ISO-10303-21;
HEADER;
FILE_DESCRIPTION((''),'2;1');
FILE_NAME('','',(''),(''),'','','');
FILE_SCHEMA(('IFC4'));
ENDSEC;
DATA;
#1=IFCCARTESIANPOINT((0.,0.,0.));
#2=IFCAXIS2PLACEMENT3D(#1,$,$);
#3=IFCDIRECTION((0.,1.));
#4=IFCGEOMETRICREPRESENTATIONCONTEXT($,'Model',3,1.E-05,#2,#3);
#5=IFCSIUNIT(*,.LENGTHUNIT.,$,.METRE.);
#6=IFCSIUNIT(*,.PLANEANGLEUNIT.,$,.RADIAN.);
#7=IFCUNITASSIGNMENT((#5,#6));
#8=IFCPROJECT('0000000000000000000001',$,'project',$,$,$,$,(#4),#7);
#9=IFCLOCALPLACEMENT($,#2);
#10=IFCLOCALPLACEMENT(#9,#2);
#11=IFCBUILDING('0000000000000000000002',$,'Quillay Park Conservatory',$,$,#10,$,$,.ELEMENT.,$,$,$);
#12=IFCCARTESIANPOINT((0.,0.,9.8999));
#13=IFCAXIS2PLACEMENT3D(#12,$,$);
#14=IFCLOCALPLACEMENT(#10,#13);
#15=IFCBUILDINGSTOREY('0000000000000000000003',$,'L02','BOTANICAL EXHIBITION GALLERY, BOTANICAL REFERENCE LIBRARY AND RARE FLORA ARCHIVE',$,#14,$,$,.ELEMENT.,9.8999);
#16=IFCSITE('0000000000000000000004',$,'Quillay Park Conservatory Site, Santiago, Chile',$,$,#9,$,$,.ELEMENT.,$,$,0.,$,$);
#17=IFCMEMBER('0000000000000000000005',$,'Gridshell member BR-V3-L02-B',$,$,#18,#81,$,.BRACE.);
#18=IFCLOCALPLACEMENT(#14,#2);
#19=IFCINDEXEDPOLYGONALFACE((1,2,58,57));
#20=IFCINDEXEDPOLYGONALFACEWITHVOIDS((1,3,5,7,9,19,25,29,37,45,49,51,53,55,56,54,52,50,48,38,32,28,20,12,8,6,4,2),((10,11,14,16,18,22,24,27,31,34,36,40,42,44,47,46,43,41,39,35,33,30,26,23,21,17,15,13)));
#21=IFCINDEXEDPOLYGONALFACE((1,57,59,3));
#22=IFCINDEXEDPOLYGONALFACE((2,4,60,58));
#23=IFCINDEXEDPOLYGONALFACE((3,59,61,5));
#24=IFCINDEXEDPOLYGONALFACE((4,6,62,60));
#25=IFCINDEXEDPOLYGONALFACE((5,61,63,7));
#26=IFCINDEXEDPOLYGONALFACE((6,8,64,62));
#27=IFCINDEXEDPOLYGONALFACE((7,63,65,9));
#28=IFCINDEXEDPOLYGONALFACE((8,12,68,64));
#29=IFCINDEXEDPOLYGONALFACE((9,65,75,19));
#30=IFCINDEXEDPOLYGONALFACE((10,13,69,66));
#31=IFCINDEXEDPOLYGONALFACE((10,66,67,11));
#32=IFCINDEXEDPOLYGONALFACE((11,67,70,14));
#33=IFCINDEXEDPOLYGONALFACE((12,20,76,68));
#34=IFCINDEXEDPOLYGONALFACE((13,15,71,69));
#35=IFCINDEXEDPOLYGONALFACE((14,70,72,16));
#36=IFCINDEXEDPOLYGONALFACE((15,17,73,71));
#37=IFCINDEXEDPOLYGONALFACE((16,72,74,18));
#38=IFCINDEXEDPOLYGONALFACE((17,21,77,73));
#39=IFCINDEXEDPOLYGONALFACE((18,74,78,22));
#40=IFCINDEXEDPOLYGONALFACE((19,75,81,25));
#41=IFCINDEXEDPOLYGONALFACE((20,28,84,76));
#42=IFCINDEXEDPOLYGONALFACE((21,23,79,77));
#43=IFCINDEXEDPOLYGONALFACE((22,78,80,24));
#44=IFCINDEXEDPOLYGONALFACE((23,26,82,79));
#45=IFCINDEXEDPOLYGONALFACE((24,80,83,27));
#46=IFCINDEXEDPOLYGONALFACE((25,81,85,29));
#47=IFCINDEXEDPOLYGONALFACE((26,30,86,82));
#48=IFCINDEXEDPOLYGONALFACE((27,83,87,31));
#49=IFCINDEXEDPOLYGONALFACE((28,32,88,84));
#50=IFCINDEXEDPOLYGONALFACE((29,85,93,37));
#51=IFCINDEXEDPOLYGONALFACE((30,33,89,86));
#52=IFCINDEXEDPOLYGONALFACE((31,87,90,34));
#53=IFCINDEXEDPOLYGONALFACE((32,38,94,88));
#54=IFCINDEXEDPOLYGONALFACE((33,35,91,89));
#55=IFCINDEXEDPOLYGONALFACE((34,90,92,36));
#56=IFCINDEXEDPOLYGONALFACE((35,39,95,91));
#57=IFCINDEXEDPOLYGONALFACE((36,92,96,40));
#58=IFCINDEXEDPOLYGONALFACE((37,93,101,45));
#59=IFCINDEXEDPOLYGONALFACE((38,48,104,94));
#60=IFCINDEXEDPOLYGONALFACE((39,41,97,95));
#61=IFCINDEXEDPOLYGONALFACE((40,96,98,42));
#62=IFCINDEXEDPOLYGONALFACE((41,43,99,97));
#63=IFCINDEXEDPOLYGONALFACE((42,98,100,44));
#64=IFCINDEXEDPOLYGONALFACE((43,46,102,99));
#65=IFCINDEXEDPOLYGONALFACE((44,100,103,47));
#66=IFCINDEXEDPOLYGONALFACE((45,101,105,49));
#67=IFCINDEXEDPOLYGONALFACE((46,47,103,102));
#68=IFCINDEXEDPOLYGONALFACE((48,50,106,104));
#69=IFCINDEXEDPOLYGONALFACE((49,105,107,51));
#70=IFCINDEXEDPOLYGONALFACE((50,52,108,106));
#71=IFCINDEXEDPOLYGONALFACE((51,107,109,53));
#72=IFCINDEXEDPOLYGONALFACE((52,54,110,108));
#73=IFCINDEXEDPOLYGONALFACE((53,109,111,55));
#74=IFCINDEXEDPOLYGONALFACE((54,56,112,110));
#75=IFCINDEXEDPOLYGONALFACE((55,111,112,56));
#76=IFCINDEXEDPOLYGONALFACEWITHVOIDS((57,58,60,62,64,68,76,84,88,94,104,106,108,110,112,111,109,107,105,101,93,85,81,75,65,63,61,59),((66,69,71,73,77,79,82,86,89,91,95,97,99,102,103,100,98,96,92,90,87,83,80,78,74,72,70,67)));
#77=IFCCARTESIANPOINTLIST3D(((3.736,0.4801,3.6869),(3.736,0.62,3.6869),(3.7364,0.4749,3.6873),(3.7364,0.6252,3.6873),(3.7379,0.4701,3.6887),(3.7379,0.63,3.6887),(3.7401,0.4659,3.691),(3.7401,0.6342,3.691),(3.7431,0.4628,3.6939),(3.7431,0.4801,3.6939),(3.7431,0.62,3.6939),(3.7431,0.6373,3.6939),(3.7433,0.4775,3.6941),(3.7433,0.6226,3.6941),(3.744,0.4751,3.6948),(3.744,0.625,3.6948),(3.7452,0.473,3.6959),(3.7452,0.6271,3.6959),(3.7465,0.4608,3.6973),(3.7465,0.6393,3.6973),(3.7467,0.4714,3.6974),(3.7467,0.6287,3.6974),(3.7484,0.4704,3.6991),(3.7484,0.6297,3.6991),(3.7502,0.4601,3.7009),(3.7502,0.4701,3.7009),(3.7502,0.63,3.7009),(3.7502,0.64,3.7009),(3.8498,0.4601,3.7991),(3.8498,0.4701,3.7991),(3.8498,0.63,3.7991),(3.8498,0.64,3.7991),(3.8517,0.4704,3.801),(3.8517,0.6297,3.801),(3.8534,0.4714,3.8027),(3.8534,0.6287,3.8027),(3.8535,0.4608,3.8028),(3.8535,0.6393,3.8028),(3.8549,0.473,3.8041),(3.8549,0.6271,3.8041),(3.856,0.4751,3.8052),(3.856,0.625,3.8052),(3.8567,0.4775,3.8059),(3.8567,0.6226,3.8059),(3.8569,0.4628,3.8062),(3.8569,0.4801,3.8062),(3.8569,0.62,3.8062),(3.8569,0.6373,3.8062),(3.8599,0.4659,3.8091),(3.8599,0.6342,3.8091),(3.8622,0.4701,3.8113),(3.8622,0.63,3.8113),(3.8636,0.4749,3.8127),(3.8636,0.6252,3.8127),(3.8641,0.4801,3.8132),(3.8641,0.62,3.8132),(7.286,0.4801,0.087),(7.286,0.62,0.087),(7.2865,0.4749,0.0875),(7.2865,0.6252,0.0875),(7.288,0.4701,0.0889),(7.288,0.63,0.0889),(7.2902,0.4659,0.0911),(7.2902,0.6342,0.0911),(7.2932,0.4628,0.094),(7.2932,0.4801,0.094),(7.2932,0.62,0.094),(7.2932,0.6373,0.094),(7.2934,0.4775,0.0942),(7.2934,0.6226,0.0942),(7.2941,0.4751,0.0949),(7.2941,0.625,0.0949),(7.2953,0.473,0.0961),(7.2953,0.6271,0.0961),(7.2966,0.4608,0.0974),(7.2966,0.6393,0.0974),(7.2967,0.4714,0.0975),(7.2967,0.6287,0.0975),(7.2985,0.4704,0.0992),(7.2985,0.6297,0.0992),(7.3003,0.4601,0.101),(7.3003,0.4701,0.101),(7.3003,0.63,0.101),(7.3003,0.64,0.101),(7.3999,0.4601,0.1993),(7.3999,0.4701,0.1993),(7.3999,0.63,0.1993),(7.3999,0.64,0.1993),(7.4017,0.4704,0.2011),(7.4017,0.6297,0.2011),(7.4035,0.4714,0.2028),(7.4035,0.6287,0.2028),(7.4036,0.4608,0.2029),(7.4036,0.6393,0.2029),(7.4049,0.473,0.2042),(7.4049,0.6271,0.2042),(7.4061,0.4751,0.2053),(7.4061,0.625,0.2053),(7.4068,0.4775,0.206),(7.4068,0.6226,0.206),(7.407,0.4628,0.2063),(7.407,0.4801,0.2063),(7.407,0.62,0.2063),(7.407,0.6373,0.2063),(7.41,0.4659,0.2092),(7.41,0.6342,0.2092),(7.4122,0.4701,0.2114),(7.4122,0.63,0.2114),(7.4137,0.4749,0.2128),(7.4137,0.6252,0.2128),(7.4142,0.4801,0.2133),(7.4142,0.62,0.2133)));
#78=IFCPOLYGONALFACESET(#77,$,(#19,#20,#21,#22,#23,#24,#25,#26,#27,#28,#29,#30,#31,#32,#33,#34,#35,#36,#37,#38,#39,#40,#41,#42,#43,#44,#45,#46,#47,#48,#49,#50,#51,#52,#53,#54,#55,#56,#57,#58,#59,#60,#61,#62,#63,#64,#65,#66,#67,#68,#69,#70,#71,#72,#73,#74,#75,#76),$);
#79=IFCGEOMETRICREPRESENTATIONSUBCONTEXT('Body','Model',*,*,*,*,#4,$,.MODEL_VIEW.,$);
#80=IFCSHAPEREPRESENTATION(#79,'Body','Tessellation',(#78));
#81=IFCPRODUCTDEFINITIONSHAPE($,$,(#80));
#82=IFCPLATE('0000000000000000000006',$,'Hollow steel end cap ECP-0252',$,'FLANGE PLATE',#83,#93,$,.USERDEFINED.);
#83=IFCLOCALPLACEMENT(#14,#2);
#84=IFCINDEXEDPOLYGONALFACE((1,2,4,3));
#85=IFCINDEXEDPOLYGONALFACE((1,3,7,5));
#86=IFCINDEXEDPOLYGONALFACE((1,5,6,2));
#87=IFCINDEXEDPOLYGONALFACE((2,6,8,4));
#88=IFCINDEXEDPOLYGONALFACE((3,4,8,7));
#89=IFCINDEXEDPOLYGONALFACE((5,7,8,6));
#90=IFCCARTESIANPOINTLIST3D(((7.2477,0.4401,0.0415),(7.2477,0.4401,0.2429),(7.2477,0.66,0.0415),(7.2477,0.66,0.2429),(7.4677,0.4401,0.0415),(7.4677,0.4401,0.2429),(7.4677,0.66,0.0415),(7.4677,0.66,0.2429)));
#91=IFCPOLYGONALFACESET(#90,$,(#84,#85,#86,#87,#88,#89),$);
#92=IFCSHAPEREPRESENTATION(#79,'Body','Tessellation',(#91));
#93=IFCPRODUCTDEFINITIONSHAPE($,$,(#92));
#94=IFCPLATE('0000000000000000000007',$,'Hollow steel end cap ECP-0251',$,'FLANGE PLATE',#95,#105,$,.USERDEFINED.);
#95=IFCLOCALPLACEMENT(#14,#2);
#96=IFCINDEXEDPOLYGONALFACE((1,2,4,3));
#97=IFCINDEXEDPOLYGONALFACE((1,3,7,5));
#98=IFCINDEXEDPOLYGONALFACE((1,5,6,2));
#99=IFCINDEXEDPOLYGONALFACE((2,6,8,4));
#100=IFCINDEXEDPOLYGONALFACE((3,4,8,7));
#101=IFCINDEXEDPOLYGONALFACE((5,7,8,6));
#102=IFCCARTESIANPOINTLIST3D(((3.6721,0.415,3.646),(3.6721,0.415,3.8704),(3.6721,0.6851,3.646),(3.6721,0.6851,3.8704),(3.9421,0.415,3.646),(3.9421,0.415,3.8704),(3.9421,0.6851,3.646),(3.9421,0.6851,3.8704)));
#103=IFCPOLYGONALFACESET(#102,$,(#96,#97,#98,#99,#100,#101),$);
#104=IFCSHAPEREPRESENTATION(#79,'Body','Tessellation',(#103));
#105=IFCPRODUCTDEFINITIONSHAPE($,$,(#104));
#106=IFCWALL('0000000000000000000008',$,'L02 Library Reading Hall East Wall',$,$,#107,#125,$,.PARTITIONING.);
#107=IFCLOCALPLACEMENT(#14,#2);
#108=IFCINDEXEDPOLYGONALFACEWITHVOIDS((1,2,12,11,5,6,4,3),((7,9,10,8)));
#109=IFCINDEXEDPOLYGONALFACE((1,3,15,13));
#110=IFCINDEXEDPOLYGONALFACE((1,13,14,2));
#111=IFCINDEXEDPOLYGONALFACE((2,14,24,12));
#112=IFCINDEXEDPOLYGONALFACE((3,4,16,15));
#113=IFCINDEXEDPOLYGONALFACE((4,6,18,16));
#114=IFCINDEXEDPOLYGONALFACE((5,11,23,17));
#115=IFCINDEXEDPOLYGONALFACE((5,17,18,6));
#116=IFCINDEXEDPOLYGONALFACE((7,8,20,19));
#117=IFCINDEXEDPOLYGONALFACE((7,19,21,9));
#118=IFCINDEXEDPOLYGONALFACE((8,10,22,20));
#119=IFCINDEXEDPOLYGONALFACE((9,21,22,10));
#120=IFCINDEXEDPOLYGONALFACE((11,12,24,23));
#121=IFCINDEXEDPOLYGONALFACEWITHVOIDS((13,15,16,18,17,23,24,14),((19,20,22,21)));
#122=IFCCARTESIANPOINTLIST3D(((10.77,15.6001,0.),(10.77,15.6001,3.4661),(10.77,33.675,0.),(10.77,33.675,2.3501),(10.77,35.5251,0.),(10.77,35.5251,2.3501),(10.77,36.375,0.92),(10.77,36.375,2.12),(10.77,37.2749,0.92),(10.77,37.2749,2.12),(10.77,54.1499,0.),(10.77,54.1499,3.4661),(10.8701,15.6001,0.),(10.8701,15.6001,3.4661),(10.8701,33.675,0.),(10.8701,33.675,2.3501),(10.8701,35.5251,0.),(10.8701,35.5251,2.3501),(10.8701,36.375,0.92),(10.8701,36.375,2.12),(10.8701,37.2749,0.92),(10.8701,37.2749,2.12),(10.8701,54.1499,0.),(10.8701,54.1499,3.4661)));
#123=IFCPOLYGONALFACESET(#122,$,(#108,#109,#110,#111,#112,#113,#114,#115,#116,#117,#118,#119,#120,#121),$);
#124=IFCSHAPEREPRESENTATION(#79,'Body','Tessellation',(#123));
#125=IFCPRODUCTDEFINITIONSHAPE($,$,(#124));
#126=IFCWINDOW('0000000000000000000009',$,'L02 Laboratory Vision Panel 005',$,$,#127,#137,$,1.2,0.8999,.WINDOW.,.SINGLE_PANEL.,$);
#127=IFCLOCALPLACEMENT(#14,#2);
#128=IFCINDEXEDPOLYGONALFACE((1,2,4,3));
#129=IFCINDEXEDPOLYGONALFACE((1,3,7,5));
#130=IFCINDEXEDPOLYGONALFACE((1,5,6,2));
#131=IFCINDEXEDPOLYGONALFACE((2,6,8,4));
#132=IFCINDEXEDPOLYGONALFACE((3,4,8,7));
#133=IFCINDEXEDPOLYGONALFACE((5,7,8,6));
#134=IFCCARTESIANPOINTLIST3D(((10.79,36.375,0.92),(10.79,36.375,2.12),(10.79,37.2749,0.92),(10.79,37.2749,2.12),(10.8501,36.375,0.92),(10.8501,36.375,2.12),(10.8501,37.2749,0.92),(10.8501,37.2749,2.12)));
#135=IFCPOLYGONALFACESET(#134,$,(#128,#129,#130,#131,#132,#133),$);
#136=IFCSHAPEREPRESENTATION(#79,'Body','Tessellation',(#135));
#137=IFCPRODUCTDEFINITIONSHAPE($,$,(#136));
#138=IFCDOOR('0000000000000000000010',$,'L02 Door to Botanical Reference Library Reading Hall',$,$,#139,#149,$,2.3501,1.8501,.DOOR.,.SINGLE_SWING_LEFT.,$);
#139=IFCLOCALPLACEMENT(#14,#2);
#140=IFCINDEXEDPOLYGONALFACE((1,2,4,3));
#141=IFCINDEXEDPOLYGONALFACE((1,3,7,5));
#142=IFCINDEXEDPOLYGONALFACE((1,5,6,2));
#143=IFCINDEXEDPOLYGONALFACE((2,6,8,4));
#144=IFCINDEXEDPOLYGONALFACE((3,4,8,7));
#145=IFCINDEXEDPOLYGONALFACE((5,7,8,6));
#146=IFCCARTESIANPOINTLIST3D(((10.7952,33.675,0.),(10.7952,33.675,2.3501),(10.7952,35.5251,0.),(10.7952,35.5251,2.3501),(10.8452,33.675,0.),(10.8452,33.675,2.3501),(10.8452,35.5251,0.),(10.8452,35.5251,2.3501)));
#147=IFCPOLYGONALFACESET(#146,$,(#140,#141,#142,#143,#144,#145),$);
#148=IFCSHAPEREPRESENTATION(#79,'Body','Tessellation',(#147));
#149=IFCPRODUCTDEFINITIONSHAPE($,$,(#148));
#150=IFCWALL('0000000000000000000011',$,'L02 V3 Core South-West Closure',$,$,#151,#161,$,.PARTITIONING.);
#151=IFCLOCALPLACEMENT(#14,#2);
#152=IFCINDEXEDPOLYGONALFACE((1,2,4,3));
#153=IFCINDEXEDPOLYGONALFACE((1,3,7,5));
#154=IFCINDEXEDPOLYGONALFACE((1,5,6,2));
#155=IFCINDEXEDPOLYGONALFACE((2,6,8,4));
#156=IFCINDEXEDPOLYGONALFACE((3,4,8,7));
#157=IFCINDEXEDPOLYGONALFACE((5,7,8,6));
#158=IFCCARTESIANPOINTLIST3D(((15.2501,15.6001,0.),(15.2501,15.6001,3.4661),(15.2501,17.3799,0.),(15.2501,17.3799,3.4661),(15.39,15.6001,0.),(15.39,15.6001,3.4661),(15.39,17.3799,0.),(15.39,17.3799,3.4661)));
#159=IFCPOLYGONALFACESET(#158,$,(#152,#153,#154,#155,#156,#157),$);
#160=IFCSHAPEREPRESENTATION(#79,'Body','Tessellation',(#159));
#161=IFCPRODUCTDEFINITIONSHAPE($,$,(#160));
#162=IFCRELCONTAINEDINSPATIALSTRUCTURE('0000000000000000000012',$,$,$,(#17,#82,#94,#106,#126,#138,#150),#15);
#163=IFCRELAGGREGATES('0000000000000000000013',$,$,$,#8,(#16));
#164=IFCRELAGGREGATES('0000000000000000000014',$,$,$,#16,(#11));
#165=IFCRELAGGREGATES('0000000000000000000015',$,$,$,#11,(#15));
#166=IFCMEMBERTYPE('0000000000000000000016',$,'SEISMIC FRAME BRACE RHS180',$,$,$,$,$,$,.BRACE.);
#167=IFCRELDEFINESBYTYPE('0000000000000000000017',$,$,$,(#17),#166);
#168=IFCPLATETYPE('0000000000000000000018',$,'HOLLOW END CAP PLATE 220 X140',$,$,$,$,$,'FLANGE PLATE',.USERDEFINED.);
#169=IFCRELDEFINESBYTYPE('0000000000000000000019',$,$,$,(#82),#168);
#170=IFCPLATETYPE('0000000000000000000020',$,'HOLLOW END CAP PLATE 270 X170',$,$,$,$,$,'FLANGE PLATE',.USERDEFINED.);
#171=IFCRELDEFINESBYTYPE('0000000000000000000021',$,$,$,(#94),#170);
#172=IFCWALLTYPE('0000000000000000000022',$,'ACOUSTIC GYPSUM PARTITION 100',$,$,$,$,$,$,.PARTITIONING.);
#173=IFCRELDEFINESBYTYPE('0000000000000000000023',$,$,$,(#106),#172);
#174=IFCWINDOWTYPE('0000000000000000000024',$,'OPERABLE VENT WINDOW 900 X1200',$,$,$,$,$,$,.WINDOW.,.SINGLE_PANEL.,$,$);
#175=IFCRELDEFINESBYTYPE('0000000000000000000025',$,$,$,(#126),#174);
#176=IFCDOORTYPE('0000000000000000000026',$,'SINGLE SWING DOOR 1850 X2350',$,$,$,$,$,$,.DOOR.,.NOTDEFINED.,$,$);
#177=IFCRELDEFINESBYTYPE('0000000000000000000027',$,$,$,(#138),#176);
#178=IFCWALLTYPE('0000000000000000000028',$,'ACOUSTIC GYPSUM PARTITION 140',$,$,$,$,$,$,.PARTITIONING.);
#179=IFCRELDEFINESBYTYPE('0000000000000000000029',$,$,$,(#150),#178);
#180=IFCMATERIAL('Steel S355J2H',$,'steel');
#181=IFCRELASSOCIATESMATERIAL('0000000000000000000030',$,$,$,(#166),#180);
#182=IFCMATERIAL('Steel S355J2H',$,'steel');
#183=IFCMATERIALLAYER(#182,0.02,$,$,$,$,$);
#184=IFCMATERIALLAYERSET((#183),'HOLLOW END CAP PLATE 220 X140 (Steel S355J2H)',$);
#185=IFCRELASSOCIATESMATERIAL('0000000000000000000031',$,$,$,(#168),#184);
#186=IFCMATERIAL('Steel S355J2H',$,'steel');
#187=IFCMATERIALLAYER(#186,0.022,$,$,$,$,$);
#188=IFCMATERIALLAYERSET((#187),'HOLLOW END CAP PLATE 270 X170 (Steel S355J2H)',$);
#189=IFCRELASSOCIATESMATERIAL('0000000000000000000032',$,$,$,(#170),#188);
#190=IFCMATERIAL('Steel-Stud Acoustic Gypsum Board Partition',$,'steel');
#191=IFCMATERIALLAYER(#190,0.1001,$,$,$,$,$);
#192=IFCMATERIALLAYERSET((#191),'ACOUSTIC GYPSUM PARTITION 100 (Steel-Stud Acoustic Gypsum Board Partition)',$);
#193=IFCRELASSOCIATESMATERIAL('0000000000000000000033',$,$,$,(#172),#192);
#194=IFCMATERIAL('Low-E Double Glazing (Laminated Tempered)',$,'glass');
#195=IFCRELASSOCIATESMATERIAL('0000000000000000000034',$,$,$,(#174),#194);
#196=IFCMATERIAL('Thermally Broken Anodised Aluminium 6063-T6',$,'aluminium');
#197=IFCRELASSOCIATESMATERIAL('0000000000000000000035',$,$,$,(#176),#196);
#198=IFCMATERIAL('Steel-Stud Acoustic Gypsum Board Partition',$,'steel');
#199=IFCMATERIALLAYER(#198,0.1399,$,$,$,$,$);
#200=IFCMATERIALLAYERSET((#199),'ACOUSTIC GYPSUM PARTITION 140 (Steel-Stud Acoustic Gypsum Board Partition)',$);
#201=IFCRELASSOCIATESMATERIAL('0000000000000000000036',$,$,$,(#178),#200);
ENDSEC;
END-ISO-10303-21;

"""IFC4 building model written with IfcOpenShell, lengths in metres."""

from ifc_helpers import new_model, si_unit, direction, frame, frame_2d, origin, origin_2d, place, context, subcontext, project, spatial, rectangle, hollow_rectangle, extrude, material, layer, layer_set, material_profile, profile_set, type_object, element, fill, save


model = new_model("IFC4")

# Units and contexts
model_context = context("Model", 3, precision=1e-05, world=origin(), true_north=direction((0.0, 1.0)))
body_context = subcontext(model_context, "Body", "Model", "MODEL_VIEW")
ifc_project = project(units=[si_unit("LENGTHUNIT", "METRE"), si_unit("PLANEANGLEUNIT", "RADIAN")], contexts=[model_context])

# Site, building, storey
site_placement = place(None, origin())
site = spatial("IfcSite", under=ifc_project, at=site_placement, Name="Quillay Park Conservatory Site, Santiago, Chile", CompositionType="ELEMENT", RefElevation=0.0)
building_placement = place(site_placement, origin())
building = spatial("IfcBuilding", under=site, at=building_placement, Name="Quillay Park Conservatory", CompositionType="ELEMENT")
storey_placement = place(building_placement, frame((0.0, 0.0, 9.8999)))
storey = spatial("IfcBuildingStorey", under=building, at=storey_placement, Name="L02", Description="BOTANICAL EXHIBITION GALLERY, BOTANICAL REFERENCE LIBRARY AND RARE FLORA ARCHIVE", CompositionType="ELEMENT", Elevation=9.8999)

# Member
ifc_material_1 = material(Name="Steel S355J2H", Category="steel")
ifc_material_profile_1 = material_profile(ifc_material_1, hollow_rectangle(XDim=0.1799, YDim=0.1799, WallThickness=0.01, InnerFilletRadius=0.01, OuterFilletRadius=0.02, at=origin_2d()), Name="RHS180x180x10")
ifc_profile_set_1 = profile_set([ifc_material_profile_1], Name="Steel S355J2H")
member_type = type_object("IfcMemberType", Name="SEISMIC FRAME BRACE RHS180", PredefinedType="BRACE", material=ifc_profile_set_1)
member_placement = place(storey_placement, frame((7.3501, 0.55, 0.1501), z_axis=(-0.702164, 0.0, 0.712015), x_axis=(0.0, -1.0, 0.0)))
element("IfcMember", 1, at=member_placement, inside=storey, type_object=member_type, Name="Gridshell member BR-V3-L02-B", PredefinedType="BRACE", context=body_context, shape_type="SweptSolid", body=[
    extrude(hollow_rectangle(XDim=0.1799, YDim=0.1799, WallThickness=0.01, InnerFilletRadius=0.01, OuterFilletRadius=0.02, at=origin_2d()), origin(), (0.0, 0.0, 1.0), 5.0559),
])

# Plates
ifc_material_2 = material(Name="Steel S355J2H", Category="steel")
ifc_layer_1 = layer(ifc_material_2, 0.02)
ifc_layer_set_1 = layer_set([ifc_layer_1], Name="HOLLOW END CAP PLATE 220 X140 (Steel S355J2H)")
plate_type_1 = type_object("IfcPlateType", Name="HOLLOW END CAP PLATE 220 X140", ElementType="FLANGE PLATE", PredefinedType="USERDEFINED", material=ifc_layer_set_1)
plate_1_placement = place(storey_placement, frame((7.3577, 0.55, 0.0415), z_axis=(0.0, 0.0, 1.0), x_axis=(1.0, 0.0, 0.0)))
element("IfcPlate", 2, at=plate_1_placement, inside=storey, type_object=plate_type_1, Name="Hollow steel end cap ECP-0252", ObjectType="FLANGE PLATE", PredefinedType="USERDEFINED", context=body_context, shape_type="SweptSolid", body=[
    extrude(rectangle(XDim=0.22, YDim=0.22, at=origin_2d()), origin(), (0.0, 0.0, 1.0), 0.2014),
])
ifc_material_3 = material(Name="Steel S355J2H", Category="steel")
ifc_layer_2 = layer(ifc_material_3, 0.022)
ifc_layer_set_2 = layer_set([ifc_layer_2], Name="HOLLOW END CAP PLATE 270 X170 (Steel S355J2H)")
plate_type_2 = type_object("IfcPlateType", Name="HOLLOW END CAP PLATE 270 X170", ElementType="FLANGE PLATE", PredefinedType="USERDEFINED", material=ifc_layer_set_2)
plate_2_placement = place(storey_placement, frame((3.8071, 0.55, 3.646), z_axis=(0.0, 0.0, 1.0), x_axis=(1.0, 0.0, 0.0)))
element("IfcPlate", 3, at=plate_2_placement, inside=storey, type_object=plate_type_2, Name="Hollow steel end cap ECP-0251", ObjectType="FLANGE PLATE", PredefinedType="USERDEFINED", context=body_context, shape_type="SweptSolid", body=[
    extrude(rectangle(XDim=0.27, YDim=0.27, at=origin_2d()), origin(), (0.0, 0.0, 1.0), 0.2244),
])

# Wall, openings, window, door
ifc_material_4 = material(Name="Steel-Stud Acoustic Gypsum Board Partition", Category="steel")
ifc_layer_3 = layer(ifc_material_4, 0.1001)
ifc_layer_set_3 = layer_set([ifc_layer_3], Name="ACOUSTIC GYPSUM PARTITION 100 (Steel-Stud Acoustic Gypsum Board Partition)")
wall_type_1 = type_object("IfcWallType", Name="ACOUSTIC GYPSUM PARTITION 100", PredefinedType="PARTITIONING", material=ifc_layer_set_3)
wall_1_placement = place(storey_placement, frame((10.8201, 15.6001, 0.0), z_axis=(0.0, 0.0, 1.0), x_axis=(0.0, 1.0, 0.0)))
wall_1 = element("IfcWall", 4, at=wall_1_placement, inside=storey, type_object=wall_type_1, Name="L02 Library Reading Hall East Wall", PredefinedType="PARTITIONING", context=body_context, shape_type="SweptSolid", body=[
    extrude(rectangle(XDim=38.5498, YDim=0.1001, at=frame_2d((19.2749, 0.0))), origin(), (0.0, 0.0, 1.0), 3.4661),
])
opening_1_placement = place(wall_1_placement, frame((18.075, 0.0, 0.0)))
opening_1 = element("IfcOpeningElement", 5, at=opening_1_placement, cuts=wall_1, PredefinedType="OPENING", context=body_context, shape_type="SweptSolid", body=[
    extrude(rectangle(XDim=1.8501, YDim=2.3501, at=frame_2d((0.925, 1.175))), frame((0.0, 0.05, 0.0), z_axis=(0.0, -1.0, 0.0), x_axis=(1.0, 0.0, 0.0)), (0.0, 0.0, 1.0), 0.1001),
])
opening_2_placement = place(wall_1_placement, frame((20.7749, 0.0, 0.9199)))
opening_2 = element("IfcOpeningElement", 6, at=opening_2_placement, cuts=wall_1, PredefinedType="OPENING", context=body_context, shape_type="SweptSolid", body=[
    extrude(rectangle(XDim=0.8999, YDim=1.2, at=frame_2d((0.45, 0.6001))), frame((0.0, 0.05, 0.0), z_axis=(0.0, -1.0, 0.0), x_axis=(1.0, 0.0, 0.0)), (0.0, 0.0, 1.0), 0.1001),
])
ifc_material_5 = material(Name="Low-E Double Glazing (Laminated Tempered)", Category="glass")
window_type = type_object("IfcWindowType", Name="OPERABLE VENT WINDOW 900 X1200", PartitioningType="SINGLE_PANEL", PredefinedType="WINDOW", material=ifc_material_5)
window_placement = place(opening_2_placement, origin())
window = element("IfcWindow", 7, at=window_placement, inside=storey, type_object=window_type, Name="L02 Laboratory Vision Panel 005", OverallHeight=1.2, OverallWidth=0.8999, PartitioningType="SINGLE_PANEL", PredefinedType="WINDOW", context=body_context, shape_type="SweptSolid", body=[
    extrude(rectangle(XDim=0.8999, YDim=1.2, at=frame_2d((0.45, 0.6001))), frame((0.0, 0.03, 0.0), z_axis=(0.0, -1.0, 0.0), x_axis=(1.0, 0.0, 0.0)), (0.0, 0.0, 1.0), 0.0601),
])
fill(opening_2, window)
ifc_material_6 = material(Name="Thermally Broken Anodised Aluminium 6063-T6", Category="aluminium")
door_type = type_object("IfcDoorType", Name="SINGLE SWING DOOR 1850 X2350", OperationType="NOTDEFINED", PredefinedType="DOOR", material=ifc_material_6)
door_placement = place(opening_1_placement, origin())
door = element("IfcDoor", 8, at=door_placement, inside=storey, type_object=door_type, Name="L02 Door to Botanical Reference Library Reading Hall", OperationType="SINGLE_SWING_LEFT", OverallHeight=2.3501, OverallWidth=1.8501, PredefinedType="DOOR", context=body_context, shape_type="SweptSolid", body=[
    extrude(rectangle(XDim=1.8501, YDim=2.3501, at=frame_2d((0.925, 1.175))), frame((0.0, 0.0249, 0.0), z_axis=(0.0, -1.0, 0.0), x_axis=(1.0, 0.0, 0.0)), (0.0, 0.0, 1.0), 0.05),
])
fill(opening_1, door)

# Wall
ifc_material_7 = material(Name="Steel-Stud Acoustic Gypsum Board Partition", Category="steel")
ifc_layer_4 = layer(ifc_material_7, 0.1399)
ifc_layer_set_4 = layer_set([ifc_layer_4], Name="ACOUSTIC GYPSUM PARTITION 140 (Steel-Stud Acoustic Gypsum Board Partition)")
wall_type_2 = type_object("IfcWallType", Name="ACOUSTIC GYPSUM PARTITION 140", PredefinedType="PARTITIONING", material=ifc_layer_set_4)
wall_2_placement = place(storey_placement, frame((15.3201, 15.6001, 0.0), z_axis=(0.0, 0.0, 1.0), x_axis=(0.0, 1.0, 0.0)))
element("IfcWall", 9, at=wall_2_placement, inside=storey, type_object=wall_type_2, Name="L02 V3 Core South-West Closure", PredefinedType="PARTITIONING", context=body_context, shape_type="SweptSolid", body=[
    extrude(rectangle(XDim=1.7798, YDim=0.1399, at=frame_2d((0.8899, 0.0))), origin(), (0.0, 0.0, 1.0), 3.4661),
])

save(model, "model.ifc")
